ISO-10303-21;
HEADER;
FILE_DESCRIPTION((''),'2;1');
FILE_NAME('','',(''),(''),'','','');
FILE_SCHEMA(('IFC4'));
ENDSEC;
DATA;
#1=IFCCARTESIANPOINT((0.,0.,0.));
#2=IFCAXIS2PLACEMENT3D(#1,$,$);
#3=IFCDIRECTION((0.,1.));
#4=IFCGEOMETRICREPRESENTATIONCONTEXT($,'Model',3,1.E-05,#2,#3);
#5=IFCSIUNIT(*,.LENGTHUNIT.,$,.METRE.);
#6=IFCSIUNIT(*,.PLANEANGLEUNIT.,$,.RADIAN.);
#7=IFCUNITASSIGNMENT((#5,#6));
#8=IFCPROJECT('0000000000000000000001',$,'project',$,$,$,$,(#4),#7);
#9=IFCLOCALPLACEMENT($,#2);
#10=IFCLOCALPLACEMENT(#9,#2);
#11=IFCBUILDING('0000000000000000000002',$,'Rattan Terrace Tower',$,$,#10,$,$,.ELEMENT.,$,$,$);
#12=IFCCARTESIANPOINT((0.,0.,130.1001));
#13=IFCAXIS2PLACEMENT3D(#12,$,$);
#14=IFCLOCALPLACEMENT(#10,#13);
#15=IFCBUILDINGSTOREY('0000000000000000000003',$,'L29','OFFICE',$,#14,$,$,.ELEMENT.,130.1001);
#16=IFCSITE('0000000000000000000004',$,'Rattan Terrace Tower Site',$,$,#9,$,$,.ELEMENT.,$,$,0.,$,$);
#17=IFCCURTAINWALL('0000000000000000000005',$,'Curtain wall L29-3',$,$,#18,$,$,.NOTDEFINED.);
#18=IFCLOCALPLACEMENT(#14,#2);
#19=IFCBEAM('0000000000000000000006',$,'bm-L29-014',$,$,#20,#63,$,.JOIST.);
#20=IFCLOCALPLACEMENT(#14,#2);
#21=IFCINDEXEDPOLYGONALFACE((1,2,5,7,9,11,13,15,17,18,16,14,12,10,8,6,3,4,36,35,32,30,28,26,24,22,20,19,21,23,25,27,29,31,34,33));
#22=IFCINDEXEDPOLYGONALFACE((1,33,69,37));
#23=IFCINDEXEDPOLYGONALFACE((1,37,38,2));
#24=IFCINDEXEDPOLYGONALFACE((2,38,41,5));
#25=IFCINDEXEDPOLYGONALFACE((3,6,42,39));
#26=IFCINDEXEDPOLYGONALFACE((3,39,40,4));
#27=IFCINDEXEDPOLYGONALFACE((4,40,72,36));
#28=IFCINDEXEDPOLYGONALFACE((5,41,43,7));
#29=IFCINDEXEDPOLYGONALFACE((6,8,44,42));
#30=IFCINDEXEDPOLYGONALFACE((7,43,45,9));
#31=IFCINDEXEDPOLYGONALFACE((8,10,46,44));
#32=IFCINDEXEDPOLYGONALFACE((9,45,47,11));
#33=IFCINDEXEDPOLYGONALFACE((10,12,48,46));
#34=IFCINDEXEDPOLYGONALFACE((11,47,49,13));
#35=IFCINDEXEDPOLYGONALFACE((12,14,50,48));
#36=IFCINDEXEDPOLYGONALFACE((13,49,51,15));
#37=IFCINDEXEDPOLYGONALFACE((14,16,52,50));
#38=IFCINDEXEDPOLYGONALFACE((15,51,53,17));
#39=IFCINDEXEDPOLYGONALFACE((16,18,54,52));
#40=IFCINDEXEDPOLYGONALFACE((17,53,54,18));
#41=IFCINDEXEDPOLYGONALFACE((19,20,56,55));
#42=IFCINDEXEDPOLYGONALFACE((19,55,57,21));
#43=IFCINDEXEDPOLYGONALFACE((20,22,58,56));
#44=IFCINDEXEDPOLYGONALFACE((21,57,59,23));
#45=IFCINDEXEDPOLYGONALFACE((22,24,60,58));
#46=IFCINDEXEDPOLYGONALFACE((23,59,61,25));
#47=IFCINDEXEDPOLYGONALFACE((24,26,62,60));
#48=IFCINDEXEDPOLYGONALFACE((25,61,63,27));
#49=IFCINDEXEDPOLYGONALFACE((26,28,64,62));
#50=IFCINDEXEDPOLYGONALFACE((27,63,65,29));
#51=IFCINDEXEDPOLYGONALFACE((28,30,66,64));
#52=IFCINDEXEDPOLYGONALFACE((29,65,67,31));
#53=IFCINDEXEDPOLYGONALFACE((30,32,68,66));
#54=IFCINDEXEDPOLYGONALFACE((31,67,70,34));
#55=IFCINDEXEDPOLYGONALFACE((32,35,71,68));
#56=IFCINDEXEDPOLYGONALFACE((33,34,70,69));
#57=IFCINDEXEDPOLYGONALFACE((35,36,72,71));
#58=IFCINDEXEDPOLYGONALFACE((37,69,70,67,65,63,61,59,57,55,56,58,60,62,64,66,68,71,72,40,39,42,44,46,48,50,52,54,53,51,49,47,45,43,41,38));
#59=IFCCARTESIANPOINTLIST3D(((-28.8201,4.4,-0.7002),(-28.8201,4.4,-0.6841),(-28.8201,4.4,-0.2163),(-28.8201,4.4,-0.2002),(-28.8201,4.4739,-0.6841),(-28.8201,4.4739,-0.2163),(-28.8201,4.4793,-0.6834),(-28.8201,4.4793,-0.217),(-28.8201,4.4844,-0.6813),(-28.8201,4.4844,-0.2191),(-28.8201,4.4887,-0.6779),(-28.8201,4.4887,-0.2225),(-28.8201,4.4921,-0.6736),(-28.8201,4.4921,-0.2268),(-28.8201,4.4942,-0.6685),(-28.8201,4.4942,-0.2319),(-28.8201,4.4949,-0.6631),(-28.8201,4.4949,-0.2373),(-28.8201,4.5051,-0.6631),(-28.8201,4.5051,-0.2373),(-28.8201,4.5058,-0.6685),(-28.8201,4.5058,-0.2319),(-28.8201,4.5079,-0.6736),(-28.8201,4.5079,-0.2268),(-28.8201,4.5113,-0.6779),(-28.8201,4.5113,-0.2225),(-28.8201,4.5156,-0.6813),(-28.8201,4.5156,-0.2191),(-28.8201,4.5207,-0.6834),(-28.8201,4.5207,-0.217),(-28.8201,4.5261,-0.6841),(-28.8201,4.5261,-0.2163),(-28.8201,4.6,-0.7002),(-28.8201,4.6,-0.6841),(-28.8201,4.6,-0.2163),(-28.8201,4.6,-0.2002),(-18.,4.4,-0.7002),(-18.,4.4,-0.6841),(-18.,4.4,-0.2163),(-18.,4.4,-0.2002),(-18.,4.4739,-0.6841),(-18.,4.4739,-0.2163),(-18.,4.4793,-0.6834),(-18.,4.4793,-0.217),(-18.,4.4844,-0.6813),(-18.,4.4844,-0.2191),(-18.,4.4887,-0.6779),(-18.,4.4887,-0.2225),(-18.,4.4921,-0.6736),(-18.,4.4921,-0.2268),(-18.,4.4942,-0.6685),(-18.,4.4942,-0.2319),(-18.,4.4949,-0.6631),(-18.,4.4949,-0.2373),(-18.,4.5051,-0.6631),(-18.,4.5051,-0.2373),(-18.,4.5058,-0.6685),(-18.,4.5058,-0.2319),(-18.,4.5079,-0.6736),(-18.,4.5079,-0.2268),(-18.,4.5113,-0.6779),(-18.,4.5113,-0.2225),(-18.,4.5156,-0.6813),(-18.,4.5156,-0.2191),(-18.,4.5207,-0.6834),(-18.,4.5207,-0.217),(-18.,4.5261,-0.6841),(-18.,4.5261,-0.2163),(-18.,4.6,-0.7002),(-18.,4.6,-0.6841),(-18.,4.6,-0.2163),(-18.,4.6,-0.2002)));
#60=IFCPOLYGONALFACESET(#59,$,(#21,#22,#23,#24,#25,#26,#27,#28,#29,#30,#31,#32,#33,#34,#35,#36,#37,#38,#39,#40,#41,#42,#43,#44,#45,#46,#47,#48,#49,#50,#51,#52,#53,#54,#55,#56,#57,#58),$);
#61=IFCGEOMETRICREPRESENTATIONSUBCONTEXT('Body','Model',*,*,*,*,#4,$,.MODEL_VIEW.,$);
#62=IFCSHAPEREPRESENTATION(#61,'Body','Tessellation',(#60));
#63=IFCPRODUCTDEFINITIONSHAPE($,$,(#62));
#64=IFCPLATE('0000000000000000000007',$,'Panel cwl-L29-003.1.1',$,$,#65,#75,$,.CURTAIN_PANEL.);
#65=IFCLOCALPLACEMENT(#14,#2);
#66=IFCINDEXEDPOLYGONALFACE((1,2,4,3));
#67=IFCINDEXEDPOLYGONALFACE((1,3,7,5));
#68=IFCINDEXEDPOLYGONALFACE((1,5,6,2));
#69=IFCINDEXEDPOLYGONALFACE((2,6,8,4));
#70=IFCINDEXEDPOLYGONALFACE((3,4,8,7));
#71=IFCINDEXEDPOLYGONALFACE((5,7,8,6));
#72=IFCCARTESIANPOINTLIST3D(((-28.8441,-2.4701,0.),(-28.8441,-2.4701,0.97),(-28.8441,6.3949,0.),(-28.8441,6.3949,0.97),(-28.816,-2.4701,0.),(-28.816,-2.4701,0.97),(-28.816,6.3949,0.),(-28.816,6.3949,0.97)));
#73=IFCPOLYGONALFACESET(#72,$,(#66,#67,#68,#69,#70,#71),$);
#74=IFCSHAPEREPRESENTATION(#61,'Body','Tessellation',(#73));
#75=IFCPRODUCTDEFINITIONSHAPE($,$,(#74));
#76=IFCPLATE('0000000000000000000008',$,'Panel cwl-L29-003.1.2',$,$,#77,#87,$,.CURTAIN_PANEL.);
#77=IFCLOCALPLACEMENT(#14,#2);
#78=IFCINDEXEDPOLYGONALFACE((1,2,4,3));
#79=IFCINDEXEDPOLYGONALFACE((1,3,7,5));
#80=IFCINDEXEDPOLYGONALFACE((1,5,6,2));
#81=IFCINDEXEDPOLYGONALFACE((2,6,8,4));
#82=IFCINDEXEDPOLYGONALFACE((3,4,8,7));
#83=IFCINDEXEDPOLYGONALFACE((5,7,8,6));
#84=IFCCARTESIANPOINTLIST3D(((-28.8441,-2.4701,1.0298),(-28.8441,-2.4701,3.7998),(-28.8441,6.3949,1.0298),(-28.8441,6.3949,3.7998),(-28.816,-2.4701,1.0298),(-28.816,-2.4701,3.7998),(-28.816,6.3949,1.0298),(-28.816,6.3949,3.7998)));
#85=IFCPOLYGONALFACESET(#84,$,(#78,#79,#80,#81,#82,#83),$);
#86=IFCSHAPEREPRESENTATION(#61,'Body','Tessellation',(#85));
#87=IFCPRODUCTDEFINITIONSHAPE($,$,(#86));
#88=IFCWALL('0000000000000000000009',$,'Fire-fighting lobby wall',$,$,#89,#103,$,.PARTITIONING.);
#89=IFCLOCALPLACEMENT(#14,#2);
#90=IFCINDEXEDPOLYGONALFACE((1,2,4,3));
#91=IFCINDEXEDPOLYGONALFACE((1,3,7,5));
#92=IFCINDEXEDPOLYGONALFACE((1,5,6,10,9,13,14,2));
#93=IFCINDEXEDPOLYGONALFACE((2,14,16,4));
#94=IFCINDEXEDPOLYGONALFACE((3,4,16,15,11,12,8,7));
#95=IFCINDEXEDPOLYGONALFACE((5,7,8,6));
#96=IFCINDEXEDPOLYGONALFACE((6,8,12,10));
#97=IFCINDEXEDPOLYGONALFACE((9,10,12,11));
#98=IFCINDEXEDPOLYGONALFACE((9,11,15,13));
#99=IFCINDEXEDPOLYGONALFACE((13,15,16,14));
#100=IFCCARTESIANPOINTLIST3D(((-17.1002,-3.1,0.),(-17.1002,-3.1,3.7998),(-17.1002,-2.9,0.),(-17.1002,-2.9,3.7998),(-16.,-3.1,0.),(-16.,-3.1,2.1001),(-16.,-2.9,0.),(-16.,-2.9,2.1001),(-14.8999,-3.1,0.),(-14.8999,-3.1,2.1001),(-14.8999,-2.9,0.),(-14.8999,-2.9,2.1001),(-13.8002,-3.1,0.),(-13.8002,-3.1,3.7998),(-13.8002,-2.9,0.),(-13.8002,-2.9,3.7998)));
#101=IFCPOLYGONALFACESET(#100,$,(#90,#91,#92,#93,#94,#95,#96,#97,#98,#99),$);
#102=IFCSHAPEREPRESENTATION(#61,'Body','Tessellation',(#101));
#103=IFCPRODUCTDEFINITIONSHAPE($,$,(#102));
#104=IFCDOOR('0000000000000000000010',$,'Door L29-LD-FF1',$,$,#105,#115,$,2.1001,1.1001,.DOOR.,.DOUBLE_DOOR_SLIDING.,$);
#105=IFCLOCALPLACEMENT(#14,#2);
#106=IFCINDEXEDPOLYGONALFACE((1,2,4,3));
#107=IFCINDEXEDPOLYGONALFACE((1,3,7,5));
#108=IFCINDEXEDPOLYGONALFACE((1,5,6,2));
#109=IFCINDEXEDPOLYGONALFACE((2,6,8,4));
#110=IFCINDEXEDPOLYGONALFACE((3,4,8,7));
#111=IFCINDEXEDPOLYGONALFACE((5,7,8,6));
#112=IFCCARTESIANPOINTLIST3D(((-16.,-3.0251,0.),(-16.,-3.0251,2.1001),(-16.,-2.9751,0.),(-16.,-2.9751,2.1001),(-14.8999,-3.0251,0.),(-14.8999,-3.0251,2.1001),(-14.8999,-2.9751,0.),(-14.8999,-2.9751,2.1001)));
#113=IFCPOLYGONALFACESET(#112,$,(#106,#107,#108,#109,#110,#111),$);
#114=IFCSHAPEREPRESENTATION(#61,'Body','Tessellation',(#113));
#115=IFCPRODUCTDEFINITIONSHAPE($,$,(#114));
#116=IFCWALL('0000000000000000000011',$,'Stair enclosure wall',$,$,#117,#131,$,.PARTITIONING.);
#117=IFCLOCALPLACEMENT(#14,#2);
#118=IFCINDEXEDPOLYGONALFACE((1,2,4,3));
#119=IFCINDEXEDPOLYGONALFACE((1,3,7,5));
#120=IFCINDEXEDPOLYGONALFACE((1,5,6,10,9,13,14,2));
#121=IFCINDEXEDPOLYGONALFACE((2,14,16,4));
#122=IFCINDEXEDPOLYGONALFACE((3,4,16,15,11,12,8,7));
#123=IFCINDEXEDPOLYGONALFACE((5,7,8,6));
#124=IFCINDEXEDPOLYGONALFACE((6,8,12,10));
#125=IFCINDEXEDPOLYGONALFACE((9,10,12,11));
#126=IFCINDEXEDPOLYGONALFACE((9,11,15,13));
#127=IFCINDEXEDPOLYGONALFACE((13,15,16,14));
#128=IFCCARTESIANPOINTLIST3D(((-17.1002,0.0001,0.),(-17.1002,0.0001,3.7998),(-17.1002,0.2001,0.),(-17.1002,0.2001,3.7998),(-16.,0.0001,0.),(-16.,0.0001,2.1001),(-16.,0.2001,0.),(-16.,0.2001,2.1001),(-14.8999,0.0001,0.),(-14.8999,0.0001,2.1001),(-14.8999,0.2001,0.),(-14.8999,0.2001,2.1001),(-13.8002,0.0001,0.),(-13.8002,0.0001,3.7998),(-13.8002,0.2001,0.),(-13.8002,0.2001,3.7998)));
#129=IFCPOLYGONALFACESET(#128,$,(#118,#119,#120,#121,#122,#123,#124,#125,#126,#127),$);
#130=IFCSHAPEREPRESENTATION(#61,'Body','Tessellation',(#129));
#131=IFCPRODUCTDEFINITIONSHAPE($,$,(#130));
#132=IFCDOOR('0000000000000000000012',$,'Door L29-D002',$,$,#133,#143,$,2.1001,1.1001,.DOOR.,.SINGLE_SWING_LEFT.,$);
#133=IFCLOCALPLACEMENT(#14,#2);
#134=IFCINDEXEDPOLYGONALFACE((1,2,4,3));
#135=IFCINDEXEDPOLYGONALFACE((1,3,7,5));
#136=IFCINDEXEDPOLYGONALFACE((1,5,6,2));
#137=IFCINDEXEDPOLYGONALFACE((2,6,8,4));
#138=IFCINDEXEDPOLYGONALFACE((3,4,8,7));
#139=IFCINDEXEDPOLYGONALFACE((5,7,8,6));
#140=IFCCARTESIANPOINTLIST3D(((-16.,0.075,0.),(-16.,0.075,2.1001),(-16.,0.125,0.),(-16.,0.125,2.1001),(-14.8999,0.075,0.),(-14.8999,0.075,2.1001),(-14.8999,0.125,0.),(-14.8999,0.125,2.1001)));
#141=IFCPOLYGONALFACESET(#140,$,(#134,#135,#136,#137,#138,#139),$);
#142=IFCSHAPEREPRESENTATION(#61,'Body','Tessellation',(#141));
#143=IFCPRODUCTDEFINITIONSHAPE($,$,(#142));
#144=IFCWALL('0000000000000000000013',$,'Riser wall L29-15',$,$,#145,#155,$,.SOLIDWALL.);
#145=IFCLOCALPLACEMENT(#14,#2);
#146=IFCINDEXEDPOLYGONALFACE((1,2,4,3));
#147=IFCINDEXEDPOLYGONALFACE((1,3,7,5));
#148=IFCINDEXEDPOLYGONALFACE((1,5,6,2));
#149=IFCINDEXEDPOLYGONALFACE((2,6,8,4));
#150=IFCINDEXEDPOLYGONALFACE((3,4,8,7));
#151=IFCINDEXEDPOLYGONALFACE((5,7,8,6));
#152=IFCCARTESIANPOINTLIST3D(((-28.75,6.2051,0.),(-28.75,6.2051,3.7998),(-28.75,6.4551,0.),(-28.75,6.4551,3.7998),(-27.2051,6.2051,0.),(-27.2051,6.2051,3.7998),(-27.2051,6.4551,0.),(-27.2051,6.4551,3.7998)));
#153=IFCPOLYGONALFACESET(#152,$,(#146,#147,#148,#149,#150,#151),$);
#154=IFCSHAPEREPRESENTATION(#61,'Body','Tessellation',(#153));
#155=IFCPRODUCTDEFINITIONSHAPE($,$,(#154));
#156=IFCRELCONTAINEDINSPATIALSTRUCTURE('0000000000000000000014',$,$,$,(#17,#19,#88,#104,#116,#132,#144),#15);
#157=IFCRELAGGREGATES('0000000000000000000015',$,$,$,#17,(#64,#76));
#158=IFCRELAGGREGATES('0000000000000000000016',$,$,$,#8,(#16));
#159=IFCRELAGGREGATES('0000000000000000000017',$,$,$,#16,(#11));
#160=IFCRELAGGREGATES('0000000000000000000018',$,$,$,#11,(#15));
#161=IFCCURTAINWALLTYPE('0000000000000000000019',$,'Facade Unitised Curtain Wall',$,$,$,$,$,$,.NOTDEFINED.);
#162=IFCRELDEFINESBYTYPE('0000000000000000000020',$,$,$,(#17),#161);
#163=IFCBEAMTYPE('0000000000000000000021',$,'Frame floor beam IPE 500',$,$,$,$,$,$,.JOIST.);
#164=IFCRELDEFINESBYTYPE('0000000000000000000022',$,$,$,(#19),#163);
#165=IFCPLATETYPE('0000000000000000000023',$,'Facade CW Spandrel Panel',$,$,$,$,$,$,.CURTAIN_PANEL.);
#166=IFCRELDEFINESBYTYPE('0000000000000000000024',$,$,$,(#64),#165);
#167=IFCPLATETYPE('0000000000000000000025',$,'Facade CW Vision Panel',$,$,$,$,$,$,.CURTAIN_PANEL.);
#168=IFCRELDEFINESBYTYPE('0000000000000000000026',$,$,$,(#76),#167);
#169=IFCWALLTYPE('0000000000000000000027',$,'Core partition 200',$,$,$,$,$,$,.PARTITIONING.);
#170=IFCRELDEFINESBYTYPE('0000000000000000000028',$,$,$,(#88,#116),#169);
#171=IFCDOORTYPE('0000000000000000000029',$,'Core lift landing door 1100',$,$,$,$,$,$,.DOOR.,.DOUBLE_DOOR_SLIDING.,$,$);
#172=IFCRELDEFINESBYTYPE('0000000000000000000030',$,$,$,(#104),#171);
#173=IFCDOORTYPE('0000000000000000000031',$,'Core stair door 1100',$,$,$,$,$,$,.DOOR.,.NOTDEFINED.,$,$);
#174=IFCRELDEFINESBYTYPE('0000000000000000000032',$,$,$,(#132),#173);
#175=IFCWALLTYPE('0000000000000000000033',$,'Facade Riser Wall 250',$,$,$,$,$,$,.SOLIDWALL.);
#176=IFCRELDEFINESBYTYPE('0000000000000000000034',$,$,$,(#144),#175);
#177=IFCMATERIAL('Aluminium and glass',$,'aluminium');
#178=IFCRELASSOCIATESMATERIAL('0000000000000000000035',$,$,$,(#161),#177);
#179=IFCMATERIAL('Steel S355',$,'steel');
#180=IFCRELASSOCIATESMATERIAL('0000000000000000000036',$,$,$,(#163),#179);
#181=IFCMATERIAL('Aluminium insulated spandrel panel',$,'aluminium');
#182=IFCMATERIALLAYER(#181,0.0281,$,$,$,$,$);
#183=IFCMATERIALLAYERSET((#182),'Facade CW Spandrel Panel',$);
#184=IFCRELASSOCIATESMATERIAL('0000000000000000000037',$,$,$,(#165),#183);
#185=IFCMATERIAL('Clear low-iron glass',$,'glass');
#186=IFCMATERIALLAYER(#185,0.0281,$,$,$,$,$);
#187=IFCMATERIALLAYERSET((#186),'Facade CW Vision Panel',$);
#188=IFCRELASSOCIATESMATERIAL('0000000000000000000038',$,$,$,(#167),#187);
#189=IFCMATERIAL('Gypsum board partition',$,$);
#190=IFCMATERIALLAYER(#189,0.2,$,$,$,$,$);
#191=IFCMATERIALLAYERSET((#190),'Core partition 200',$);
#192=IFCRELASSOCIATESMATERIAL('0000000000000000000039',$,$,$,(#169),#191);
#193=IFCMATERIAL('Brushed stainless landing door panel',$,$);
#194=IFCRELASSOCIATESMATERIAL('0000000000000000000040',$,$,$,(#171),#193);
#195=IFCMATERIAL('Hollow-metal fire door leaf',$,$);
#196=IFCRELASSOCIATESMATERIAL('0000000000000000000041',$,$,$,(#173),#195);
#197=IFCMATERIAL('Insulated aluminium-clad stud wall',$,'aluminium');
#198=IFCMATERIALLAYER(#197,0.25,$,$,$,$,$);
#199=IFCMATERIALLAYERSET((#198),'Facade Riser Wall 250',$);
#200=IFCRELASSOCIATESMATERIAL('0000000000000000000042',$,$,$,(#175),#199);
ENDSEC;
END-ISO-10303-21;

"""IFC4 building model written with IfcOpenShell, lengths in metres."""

from ifc_helpers import new_model, si_unit, direction, frame, frame_2d, origin, origin_2d, place, context, subcontext, project, spatial, rectangle, i_section, extrude, material, layer, layer_set, material_profile, profile_set, type_object, element, fill, aggregate, save


model = new_model("IFC4")

# Units and contexts
model_context = context("Model", 3, precision=1e-05, world=origin(), true_north=direction((0.0, 1.0)))
body_context = subcontext(model_context, "Body", "Model", "MODEL_VIEW")
ifc_project = project(units=[si_unit("LENGTHUNIT", "METRE"), si_unit("PLANEANGLEUNIT", "RADIAN")], contexts=[model_context])

# Site, building, storey
site_placement = place(None, origin())
site = spatial("IfcSite", under=ifc_project, at=site_placement, Name="Rattan Terrace Tower Site", CompositionType="ELEMENT", RefElevation=0.0)
building_placement = place(site_placement, origin())
building = spatial("IfcBuilding", under=site, at=building_placement, Name="Rattan Terrace Tower", CompositionType="ELEMENT")
storey_placement = place(building_placement, frame((0.0, 0.0, 130.1001)))
storey = spatial("IfcBuildingStorey", under=building, at=storey_placement, Name="L29", Description="OFFICE", CompositionType="ELEMENT", Elevation=130.1001)

# Curtain wall
ifc_material_1 = material(Name="Aluminium and glass", Category="aluminium")
curtain_wall_type = type_object("IfcCurtainWallType", Name="Facade Unitised Curtain Wall", PredefinedType="NOTDEFINED", material=ifc_material_1)
curtain_wall_placement = place(storey_placement, origin())
curtain_wall = element("IfcCurtainWall", 1, at=curtain_wall_placement, inside=storey, type_object=curtain_wall_type, Name="Curtain wall L29-3", PredefinedType="NOTDEFINED")

# Beam
ifc_material_2 = material(Name="Steel S355", Category="steel")
ifc_material_profile_1 = material_profile(ifc_material_2, i_section(OverallWidth=0.2, OverallDepth=0.5, WebThickness=0.0103, FlangeThickness=0.0161, FilletRadius=0.021, at=origin_2d()), Name="IPE 500")
ifc_profile_set_1 = profile_set([ifc_material_profile_1], Name="Steel S355")
beam_type_1 = type_object("IfcBeamType", Name="Frame floor beam IPE 500", PredefinedType="JOIST", material=ifc_profile_set_1)
for number, where, z_axis, x_axis, name in (
    (2, (-28.8201, 4.5, -0.4502), (1.0, 0.0, 0.0), (0.0, 1.0, 0.0), "bm-L29-014"),
):
    element("IfcBeam", number, at=place(storey_placement, frame(where, z_axis=z_axis, x_axis=x_axis)), inside=storey, type_object=beam_type_1, Name=name, PredefinedType="JOIST", context=body_context, shape_type="SweptSolid", body=[
        extrude(i_section(OverallWidth=0.2, OverallDepth=0.5, WebThickness=0.0103, FlangeThickness=0.0161, FilletRadius=0.021, at=origin_2d()), origin(), (0.0, 0.0, 1.0), 10.8201),
    ])

# Plates
ifc_material_3 = material(Name="Aluminium insulated spandrel panel", Category="aluminium")
ifc_layer_1 = layer(ifc_material_3, 0.0281)
ifc_layer_set_1 = layer_set([ifc_layer_1], Name="Facade CW Spandrel Panel")
plate_type_1 = type_object("IfcPlateType", Name="Facade CW Spandrel Panel", PredefinedType="CURTAIN_PANEL", material=ifc_layer_set_1)
plate_1_placement = place(storey_placement, frame((-28.8301, 1.9624, 0.0), z_axis=(0.0, 0.0, 1.0), x_axis=(0.0, -1.0, 0.0)))
plate_1 = element("IfcPlate", 3, at=plate_1_placement, type_object=plate_type_1, Name="Panel cwl-L29-003.1.1", PredefinedType="CURTAIN_PANEL", context=body_context, shape_type="SweptSolid", body=[
    extrude(rectangle(XDim=8.865, YDim=0.0281, at=origin_2d()), origin(), (0.0, 0.0, 1.0), 0.97),
])
ifc_material_4 = material(Name="Clear low-iron glass", Category="glass")
ifc_layer_2 = layer(ifc_material_4, 0.0281)
ifc_layer_set_2 = layer_set([ifc_layer_2], Name="Facade CW Vision Panel")
plate_type_2 = type_object("IfcPlateType", Name="Facade CW Vision Panel", PredefinedType="CURTAIN_PANEL", material=ifc_layer_set_2)
plate_2_placement = place(storey_placement, frame((-28.8301, 1.9624, 1.0298), z_axis=(0.0, 0.0, 1.0), x_axis=(0.0, -1.0, 0.0)))
plate_2 = element("IfcPlate", 4, at=plate_2_placement, type_object=plate_type_2, Name="Panel cwl-L29-003.1.2", PredefinedType="CURTAIN_PANEL", context=body_context, shape_type="SweptSolid", body=[
    extrude(rectangle(XDim=8.865, YDim=0.0281, at=origin_2d()), origin(), (0.0, 0.0, 1.0), 2.77),
])
aggregate(curtain_wall, [plate_1, plate_2])

# Walls, openings, doors
ifc_material_5 = material(Name="Gypsum board partition")
ifc_layer_3 = layer(ifc_material_5, 0.2)
ifc_layer_set_3 = layer_set([ifc_layer_3], Name="Core partition 200")
wall_type_1 = type_object("IfcWallType", Name="Core partition 200", PredefinedType="PARTITIONING", material=ifc_layer_set_3)
wall_1_placement = place(storey_placement, frame((-17.1001, -3.0, 0.0), z_axis=(0.0, 0.0, 1.0), x_axis=(1.0, 0.0, 0.0)))
wall_1 = element("IfcWall", 5, at=wall_1_placement, inside=storey, type_object=wall_type_1, Name="Fire-fighting lobby wall", PredefinedType="PARTITIONING", context=body_context, shape_type="SweptSolid", body=[
    extrude(rectangle(XDim=3.3, YDim=0.2, at=frame_2d((1.6499, 0.0))), origin(), (0.0, 0.0, 1.0), 3.7998),
])
opening_1_placement = place(wall_1_placement, frame((1.1001, 0.0, 0.0)))
opening_1 = element("IfcOpeningElement", 6, at=opening_1_placement, cuts=wall_1, PredefinedType="OPENING", context=body_context, shape_type="SweptSolid", body=[
    extrude(rectangle(XDim=1.1001, YDim=2.1001, at=frame_2d((0.55, 1.05))), frame((0.0, 0.1106, 0.0), z_axis=(0.0, -1.0, 0.0), x_axis=(1.0, 0.0, 0.0)), (0.0, 0.0, 1.0), 0.2209),
])
ifc_material_6 = material(Name="Brushed stainless landing door panel")
door_type_1 = type_object("IfcDoorType", Name="Core lift landing door 1100", OperationType="DOUBLE_DOOR_SLIDING", PredefinedType="DOOR", material=ifc_material_6)
door_1_placement = place(opening_1_placement, origin())
door_1 = element("IfcDoor", 7, at=door_1_placement, inside=storey, type_object=door_type_1, Name="Door L29-LD-FF1", OperationType="DOUBLE_DOOR_SLIDING", OverallHeight=2.1001, OverallWidth=1.1001, PredefinedType="DOOR", context=body_context, shape_type="SweptSolid", body=[
    extrude(rectangle(XDim=1.1001, YDim=2.1001, at=frame_2d((0.55, 1.05))), frame((0.0, 0.0249, 0.0), z_axis=(0.0, -1.0, 0.0), x_axis=(1.0, 0.0, 0.0)), (0.0, 0.0, 1.0), 0.05),
])
fill(opening_1, door_1)
wall_2_placement = place(storey_placement, frame((-17.1001, 0.1001, 0.0), z_axis=(0.0, 0.0, 1.0), x_axis=(1.0, 0.0, 0.0)))
wall_2 = element("IfcWall", 8, at=wall_2_placement, inside=storey, type_object=wall_type_1, Name="Stair enclosure wall", PredefinedType="PARTITIONING", context=body_context, shape_type="SweptSolid", body=[
    extrude(rectangle(XDim=3.3, YDim=0.2, at=frame_2d((1.6499, 0.0))), origin(), (0.0, 0.0, 1.0), 3.7998),
])
opening_2_placement = place(wall_2_placement, frame((1.1001, 0.0, 0.0)))
opening_2 = element("IfcOpeningElement", 9, at=opening_2_placement, cuts=wall_2, PredefinedType="OPENING", context=body_context, shape_type="SweptSolid", body=[
    extrude(rectangle(XDim=1.1001, YDim=2.1001, at=frame_2d((0.55, 1.05))), frame((0.0, 0.1106, 0.0), z_axis=(0.0, -1.0, 0.0), x_axis=(1.0, 0.0, 0.0)), (0.0, 0.0, 1.0), 0.2209),
])
ifc_material_7 = material(Name="Hollow-metal fire door leaf")
door_type_2 = type_object("IfcDoorType", Name="Core stair door 1100", OperationType="NOTDEFINED", PredefinedType="DOOR", material=ifc_material_7)
door_2_placement = place(opening_2_placement, origin())
door_2 = element("IfcDoor", 10, at=door_2_placement, inside=storey, type_object=door_type_2, Name="Door L29-D002", OperationType="SINGLE_SWING_LEFT", OverallHeight=2.1001, OverallWidth=1.1001, PredefinedType="DOOR", context=body_context, shape_type="SweptSolid", body=[
    extrude(rectangle(XDim=1.1001, YDim=2.1001, at=frame_2d((0.55, 1.05))), frame((0.0, 0.0249, 0.0), z_axis=(0.0, -1.0, 0.0), x_axis=(1.0, 0.0, 0.0)), (0.0, 0.0, 1.0), 0.05),
])
fill(opening_2, door_2)

# Wall
ifc_material_8 = material(Name="Insulated aluminium-clad stud wall", Category="aluminium")
ifc_layer_4 = layer(ifc_material_8, 0.25)
ifc_layer_set_4 = layer_set([ifc_layer_4], Name="Facade Riser Wall 250")
wall_type_2 = type_object("IfcWallType", Name="Facade Riser Wall 250", PredefinedType="SOLIDWALL", material=ifc_layer_set_4)
wall_3_placement = place(storey_placement, frame((-27.2051, 6.3301, 0.0), z_axis=(0.0, 0.0, 1.0), x_axis=(-1.0, 0.0, 0.0)))
element("IfcWall", 11, at=wall_3_placement, inside=storey, type_object=wall_type_2, Name="Riser wall L29-15", PredefinedType="SOLIDWALL", context=body_context, shape_type="SweptSolid", body=[
    extrude(rectangle(XDim=1.5449, YDim=0.25, at=frame_2d((0.7725, 0.0))), origin(), (0.0, 0.0, 1.0), 3.7998),
])

save(model, "model.ifc")
